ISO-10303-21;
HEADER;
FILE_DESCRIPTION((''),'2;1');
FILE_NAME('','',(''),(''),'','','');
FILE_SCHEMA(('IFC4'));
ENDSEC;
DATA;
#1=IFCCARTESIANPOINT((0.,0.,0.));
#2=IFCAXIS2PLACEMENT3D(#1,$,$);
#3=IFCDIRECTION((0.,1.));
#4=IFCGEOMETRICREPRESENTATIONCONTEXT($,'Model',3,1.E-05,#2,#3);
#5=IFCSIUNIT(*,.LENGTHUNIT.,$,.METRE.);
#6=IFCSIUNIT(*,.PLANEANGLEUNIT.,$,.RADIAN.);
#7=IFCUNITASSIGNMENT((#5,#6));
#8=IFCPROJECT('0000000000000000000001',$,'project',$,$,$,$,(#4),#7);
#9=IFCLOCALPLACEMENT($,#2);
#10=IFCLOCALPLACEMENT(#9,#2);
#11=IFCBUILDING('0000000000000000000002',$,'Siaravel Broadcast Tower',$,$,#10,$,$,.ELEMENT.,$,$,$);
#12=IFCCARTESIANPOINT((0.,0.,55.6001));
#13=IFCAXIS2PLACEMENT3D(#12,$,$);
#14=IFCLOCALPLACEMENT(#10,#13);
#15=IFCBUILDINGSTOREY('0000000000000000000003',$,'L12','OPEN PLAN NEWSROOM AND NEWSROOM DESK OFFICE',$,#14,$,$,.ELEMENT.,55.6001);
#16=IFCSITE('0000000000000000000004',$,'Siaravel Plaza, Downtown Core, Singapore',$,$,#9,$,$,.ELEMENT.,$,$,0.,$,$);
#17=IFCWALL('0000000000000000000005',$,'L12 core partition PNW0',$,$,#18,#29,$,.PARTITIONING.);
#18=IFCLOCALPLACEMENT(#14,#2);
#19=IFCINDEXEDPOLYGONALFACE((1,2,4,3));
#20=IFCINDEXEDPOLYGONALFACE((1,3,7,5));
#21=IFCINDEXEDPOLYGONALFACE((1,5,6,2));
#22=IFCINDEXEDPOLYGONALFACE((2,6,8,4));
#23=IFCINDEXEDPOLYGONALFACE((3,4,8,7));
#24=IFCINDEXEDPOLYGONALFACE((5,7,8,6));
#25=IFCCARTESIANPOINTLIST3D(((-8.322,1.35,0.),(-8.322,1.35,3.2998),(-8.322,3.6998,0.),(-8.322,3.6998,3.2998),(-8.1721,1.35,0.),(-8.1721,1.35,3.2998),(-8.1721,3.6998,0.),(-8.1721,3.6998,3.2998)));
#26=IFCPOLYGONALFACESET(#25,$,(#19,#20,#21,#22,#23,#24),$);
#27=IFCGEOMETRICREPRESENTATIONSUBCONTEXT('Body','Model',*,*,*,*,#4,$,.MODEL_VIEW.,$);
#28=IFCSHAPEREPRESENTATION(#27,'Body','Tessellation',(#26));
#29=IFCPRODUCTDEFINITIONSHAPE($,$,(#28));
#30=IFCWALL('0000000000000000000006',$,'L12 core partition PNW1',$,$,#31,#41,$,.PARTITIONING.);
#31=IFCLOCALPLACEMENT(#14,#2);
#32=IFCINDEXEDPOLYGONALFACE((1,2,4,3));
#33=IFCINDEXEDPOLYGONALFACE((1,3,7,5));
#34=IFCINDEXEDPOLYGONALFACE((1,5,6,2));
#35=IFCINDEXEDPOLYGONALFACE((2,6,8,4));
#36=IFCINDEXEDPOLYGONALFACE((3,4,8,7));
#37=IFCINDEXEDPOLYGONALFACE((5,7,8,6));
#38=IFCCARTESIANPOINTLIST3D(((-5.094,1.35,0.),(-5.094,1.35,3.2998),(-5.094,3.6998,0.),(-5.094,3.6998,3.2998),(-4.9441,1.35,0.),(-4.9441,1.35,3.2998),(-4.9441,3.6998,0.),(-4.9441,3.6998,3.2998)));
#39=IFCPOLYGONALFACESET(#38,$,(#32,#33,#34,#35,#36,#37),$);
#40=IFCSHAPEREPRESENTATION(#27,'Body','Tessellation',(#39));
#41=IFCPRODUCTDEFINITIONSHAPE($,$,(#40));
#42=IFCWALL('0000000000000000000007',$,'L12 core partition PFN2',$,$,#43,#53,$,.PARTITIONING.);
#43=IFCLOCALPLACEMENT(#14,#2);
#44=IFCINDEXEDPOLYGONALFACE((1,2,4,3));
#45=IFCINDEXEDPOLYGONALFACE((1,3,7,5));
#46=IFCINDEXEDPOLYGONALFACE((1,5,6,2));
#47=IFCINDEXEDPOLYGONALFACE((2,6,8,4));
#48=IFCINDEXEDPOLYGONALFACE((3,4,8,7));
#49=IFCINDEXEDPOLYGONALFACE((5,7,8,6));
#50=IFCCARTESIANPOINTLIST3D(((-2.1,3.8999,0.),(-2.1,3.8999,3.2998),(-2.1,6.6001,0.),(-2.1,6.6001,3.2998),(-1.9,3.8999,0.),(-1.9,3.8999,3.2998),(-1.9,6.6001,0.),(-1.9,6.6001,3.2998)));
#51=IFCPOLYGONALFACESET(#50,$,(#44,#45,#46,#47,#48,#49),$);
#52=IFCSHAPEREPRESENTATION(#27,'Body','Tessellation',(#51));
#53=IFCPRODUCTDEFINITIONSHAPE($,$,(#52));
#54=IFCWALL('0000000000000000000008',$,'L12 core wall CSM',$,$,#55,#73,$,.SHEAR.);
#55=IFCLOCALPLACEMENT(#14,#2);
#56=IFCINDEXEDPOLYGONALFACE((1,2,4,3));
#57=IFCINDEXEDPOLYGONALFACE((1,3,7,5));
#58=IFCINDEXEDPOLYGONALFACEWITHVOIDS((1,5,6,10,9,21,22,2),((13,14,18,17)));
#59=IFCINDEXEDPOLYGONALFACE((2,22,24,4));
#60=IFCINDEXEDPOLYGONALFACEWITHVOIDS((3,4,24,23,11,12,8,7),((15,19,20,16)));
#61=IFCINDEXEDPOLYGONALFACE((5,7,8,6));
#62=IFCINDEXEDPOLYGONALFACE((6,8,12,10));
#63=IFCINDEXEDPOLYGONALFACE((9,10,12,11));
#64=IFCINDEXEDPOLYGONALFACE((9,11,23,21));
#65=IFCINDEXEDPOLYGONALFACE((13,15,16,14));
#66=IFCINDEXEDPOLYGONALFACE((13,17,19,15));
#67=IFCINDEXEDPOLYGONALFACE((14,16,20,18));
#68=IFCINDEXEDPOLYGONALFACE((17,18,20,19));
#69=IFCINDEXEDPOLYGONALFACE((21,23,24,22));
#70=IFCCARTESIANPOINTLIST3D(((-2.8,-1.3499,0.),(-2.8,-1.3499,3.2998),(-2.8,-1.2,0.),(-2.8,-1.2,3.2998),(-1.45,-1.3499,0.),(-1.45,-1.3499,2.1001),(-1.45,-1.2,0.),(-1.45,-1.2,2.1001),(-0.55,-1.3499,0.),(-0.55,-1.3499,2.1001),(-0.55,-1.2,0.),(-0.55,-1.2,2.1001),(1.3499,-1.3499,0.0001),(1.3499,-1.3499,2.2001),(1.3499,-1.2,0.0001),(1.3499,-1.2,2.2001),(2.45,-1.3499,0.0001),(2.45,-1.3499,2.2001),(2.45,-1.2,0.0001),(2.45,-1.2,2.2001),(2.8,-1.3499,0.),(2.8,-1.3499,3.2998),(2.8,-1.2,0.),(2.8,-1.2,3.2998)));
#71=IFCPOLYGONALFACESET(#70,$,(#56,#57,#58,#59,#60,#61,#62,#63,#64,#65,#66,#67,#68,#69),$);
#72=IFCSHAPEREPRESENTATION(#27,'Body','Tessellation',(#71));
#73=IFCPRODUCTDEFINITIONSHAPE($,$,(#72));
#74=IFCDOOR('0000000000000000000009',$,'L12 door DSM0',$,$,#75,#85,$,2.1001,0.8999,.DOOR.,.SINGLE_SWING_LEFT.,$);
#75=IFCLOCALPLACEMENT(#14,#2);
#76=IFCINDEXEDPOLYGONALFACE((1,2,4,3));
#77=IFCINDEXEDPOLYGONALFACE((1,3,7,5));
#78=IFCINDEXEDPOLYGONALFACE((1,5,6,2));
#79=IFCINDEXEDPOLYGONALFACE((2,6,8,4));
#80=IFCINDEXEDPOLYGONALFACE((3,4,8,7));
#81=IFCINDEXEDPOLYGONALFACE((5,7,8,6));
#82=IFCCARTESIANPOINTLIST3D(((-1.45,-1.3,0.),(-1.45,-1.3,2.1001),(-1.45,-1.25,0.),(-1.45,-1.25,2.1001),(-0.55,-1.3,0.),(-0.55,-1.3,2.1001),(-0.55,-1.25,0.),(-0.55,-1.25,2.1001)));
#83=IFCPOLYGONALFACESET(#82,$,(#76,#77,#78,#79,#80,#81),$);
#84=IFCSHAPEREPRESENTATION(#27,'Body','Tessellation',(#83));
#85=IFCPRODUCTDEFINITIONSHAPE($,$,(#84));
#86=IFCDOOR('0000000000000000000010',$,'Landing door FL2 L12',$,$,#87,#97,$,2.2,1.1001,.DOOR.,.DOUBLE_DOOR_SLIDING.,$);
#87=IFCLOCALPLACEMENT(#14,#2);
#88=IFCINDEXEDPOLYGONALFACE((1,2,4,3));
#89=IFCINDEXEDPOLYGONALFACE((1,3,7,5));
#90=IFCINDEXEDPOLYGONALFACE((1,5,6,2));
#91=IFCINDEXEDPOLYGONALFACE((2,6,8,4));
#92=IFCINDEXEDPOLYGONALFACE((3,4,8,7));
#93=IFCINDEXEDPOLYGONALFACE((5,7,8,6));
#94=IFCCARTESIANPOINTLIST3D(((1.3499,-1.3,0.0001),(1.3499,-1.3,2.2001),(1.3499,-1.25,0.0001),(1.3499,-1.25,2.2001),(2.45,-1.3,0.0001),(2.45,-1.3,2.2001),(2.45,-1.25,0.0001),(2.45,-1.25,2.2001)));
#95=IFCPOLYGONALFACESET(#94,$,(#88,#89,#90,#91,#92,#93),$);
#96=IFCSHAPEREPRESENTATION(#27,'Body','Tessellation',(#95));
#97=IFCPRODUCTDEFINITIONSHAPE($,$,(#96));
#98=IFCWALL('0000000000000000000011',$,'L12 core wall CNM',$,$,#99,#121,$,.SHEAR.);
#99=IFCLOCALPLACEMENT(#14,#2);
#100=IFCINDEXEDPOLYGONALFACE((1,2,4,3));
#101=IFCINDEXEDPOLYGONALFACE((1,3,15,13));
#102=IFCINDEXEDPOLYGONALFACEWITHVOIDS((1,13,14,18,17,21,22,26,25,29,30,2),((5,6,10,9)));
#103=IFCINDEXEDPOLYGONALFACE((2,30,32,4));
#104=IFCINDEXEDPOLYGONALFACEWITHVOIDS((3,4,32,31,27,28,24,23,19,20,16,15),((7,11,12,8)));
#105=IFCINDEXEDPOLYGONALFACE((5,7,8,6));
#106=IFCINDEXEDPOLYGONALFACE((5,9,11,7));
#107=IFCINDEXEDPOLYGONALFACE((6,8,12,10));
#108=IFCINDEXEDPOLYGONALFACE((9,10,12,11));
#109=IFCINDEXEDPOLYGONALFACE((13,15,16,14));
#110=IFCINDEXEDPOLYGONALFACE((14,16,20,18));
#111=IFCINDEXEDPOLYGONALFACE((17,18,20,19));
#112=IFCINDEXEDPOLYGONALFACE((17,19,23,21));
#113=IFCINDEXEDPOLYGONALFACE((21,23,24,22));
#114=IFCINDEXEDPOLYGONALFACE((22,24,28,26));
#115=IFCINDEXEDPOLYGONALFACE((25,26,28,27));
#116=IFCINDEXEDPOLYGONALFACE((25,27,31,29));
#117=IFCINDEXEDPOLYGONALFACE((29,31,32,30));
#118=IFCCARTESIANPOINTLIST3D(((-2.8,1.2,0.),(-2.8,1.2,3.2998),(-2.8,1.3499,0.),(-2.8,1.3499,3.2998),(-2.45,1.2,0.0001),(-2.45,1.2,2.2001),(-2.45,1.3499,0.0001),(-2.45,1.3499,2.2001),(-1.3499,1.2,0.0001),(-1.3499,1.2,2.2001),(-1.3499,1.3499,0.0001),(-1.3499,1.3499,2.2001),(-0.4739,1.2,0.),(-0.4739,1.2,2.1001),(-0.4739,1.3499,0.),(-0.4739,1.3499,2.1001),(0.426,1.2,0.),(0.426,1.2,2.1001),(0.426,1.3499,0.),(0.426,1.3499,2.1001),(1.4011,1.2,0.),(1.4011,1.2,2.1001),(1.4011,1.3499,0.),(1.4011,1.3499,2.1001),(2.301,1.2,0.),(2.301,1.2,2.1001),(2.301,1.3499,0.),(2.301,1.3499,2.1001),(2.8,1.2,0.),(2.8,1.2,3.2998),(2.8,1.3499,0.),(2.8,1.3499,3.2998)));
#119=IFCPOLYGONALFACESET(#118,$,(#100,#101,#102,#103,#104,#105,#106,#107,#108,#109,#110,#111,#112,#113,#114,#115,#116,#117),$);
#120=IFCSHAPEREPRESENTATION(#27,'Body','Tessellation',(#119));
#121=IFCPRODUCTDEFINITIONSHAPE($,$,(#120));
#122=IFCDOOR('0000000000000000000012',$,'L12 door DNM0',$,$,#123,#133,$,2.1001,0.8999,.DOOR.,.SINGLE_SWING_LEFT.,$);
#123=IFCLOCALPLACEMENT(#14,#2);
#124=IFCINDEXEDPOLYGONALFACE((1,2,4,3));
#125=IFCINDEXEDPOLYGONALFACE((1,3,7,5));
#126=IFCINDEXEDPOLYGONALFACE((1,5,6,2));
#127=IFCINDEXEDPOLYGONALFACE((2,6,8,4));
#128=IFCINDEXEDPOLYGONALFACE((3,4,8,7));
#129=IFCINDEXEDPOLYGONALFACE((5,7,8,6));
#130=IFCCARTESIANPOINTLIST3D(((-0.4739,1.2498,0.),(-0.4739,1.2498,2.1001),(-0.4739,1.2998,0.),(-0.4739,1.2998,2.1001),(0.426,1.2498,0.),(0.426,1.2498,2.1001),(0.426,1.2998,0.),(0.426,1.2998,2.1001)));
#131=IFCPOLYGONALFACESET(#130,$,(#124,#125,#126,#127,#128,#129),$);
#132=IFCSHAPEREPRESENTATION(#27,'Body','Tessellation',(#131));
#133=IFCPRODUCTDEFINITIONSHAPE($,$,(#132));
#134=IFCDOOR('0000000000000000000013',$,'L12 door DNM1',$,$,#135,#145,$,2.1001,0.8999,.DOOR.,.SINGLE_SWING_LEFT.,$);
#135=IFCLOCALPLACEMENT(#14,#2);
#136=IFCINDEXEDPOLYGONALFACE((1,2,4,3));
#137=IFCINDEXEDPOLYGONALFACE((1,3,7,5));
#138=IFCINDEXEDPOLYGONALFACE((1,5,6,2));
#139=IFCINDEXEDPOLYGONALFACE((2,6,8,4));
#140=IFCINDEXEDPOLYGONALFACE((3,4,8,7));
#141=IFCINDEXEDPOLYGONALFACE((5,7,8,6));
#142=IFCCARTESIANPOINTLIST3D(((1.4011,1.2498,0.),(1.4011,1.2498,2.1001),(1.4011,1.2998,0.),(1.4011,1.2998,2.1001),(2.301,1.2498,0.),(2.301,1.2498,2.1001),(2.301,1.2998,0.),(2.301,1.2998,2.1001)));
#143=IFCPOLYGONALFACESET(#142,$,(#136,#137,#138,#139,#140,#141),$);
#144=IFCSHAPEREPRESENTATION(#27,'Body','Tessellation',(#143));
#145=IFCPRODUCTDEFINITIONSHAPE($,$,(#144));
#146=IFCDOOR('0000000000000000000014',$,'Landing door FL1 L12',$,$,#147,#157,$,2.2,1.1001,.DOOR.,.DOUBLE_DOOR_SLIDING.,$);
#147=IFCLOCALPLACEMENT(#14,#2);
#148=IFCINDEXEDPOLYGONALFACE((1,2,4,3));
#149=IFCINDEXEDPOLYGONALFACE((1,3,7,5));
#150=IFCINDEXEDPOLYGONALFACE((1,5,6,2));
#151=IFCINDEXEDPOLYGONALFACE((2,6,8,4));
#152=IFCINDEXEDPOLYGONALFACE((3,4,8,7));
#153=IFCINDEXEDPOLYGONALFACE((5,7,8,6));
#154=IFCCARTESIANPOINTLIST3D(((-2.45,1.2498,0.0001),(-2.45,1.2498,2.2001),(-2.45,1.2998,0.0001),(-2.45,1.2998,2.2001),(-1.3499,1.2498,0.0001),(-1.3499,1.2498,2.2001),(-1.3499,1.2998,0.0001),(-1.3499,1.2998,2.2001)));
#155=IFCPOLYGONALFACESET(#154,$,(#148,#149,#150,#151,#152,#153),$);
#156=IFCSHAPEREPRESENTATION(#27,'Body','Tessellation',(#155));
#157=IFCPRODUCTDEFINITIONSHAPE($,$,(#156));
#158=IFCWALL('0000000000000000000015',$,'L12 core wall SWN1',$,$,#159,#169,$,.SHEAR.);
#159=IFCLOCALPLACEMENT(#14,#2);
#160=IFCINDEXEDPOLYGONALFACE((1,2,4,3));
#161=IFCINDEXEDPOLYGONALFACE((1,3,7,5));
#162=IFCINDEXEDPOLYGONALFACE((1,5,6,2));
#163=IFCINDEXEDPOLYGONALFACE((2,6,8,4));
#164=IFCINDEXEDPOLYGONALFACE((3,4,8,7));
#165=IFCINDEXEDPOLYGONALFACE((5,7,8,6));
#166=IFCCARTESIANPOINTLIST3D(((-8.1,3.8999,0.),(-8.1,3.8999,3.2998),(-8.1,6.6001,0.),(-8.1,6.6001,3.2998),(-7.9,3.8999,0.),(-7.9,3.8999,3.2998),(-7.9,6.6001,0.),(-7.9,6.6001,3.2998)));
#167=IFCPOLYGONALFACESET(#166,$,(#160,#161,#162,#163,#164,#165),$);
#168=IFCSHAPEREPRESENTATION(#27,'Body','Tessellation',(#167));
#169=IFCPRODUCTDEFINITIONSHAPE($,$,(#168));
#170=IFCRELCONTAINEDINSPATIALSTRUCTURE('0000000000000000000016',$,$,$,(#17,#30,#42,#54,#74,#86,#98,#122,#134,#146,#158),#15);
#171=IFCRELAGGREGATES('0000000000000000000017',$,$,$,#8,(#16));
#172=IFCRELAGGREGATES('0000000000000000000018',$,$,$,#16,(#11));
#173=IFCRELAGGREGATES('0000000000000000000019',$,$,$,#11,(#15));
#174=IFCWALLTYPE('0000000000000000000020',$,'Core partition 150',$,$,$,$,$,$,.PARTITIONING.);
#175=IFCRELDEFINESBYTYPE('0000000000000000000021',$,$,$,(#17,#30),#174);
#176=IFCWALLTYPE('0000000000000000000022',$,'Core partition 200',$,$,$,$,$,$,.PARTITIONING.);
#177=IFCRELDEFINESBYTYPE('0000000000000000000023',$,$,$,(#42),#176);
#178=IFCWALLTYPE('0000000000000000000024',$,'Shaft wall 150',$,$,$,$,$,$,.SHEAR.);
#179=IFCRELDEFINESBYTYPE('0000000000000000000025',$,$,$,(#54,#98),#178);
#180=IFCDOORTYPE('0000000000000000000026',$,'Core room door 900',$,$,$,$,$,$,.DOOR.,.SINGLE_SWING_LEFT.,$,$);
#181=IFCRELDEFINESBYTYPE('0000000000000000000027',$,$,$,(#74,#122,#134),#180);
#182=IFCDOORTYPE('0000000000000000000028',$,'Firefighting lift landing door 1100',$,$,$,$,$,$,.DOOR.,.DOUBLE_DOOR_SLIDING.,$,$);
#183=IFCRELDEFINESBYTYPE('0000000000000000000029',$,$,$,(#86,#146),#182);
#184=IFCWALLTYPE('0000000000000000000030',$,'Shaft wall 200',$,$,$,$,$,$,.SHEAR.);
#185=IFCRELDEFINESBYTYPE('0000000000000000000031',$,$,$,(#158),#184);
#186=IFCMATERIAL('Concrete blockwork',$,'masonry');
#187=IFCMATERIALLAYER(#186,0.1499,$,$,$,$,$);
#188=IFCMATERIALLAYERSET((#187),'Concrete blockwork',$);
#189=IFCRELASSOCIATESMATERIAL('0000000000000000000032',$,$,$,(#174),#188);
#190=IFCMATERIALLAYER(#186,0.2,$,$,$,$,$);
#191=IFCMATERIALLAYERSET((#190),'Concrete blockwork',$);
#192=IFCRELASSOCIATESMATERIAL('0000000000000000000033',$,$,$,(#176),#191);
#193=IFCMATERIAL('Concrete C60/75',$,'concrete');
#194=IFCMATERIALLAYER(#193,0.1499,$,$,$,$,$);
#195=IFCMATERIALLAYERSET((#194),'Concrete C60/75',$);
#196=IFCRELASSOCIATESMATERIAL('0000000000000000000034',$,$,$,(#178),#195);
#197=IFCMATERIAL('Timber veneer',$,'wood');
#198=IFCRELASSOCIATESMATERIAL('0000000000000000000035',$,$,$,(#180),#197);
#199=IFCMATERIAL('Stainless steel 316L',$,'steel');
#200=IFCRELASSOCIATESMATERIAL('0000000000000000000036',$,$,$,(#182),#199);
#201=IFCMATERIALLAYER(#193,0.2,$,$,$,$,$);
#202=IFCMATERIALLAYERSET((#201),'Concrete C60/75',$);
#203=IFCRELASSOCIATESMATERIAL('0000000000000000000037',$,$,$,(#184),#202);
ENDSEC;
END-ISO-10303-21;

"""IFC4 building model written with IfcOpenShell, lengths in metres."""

from ifc_helpers import new_model, si_unit, direction, frame, frame_2d, origin, place, context, subcontext, project, spatial, rectangle, extrude, material, layer, layer_set, type_object, element, fill, save


model = new_model("IFC4")

# Units and contexts
model_context = context("Model", 3, precision=1e-05, world=origin(), true_north=direction((0.0, 1.0)))
body_context = subcontext(model_context, "Body", "Model", "MODEL_VIEW")
ifc_project = project(units=[si_unit("LENGTHUNIT", "METRE"), si_unit("PLANEANGLEUNIT", "RADIAN")], contexts=[model_context])

# Site, building, storey
site_placement = place(None, origin())
site = spatial("IfcSite", under=ifc_project, at=site_placement, Name="Siaravel Plaza, Downtown Core, Singapore", CompositionType="ELEMENT", RefElevation=0.0)
building_placement = place(site_placement, origin())
building = spatial("IfcBuilding", under=site, at=building_placement, Name="Siaravel Broadcast Tower", CompositionType="ELEMENT")
storey_placement = place(building_placement, frame((0.0, 0.0, 55.6001)))
storey = spatial("IfcBuildingStorey", under=building, at=storey_placement, Name="L12", Description="OPEN PLAN NEWSROOM AND NEWSROOM DESK OFFICE", CompositionType="ELEMENT", Elevation=55.6001)

# Walls
ifc_material_1 = material(Name="Concrete blockwork", Category="masonry")
ifc_layer_1 = layer(ifc_material_1, 0.1499)
ifc_layer_set_1 = layer_set([ifc_layer_1], Name="Concrete blockwork")
wall_type_1 = type_object("IfcWallType", Name="Core partition 150", PredefinedType="PARTITIONING", material=ifc_layer_set_1)
for number, where, z_axis, x_axis, name in (
    (1, (-8.2471, 1.3501, 0.0), (0.0, 0.0, 1.0), (0.0, 1.0, 0.0), "L12 core partition PNW0"),
    (2, (-5.019, 1.3501, 0.0), (0.0, 0.0, 1.0), (0.0, 1.0, 0.0), "L12 core partition PNW1"),
):
    element("IfcWall", number, at=place(storey_placement, frame(where, z_axis=z_axis, x_axis=x_axis)), inside=storey, type_object=wall_type_1, Name=name, PredefinedType="PARTITIONING", context=body_context, shape_type="SweptSolid", body=[
        extrude(rectangle(XDim=2.3499, YDim=0.1499, at=frame_2d((1.1748, 0.0))), origin(), (0.0, 0.0, 1.0), 3.2998),
    ])
ifc_layer_2 = layer(ifc_material_1, 0.2)
ifc_layer_set_2 = layer_set([ifc_layer_2], Name="Concrete blockwork")
wall_type_2 = type_object("IfcWallType", Name="Core partition 200", PredefinedType="PARTITIONING", material=ifc_layer_set_2)
wall_1_placement = place(storey_placement, frame((-2.0, 3.8999, 0.0), z_axis=(0.0, 0.0, 1.0), x_axis=(0.0, 1.0, 0.0)))
element("IfcWall", 3, at=wall_1_placement, inside=storey, type_object=wall_type_2, Name="L12 core partition PFN2", PredefinedType="PARTITIONING", context=body_context, shape_type="SweptSolid", body=[
    extrude(rectangle(XDim=2.7002, YDim=0.2, at=frame_2d((1.3501, 0.0))), origin(), (0.0, 0.0, 1.0), 3.2998),
])

# Walls, openings, doors
ifc_material_2 = material(Name="Concrete C60/75", Category="concrete")
ifc_layer_3 = layer(ifc_material_2, 0.1499)
ifc_layer_set_3 = layer_set([ifc_layer_3], Name="Concrete C60/75")
wall_type_3 = type_object("IfcWallType", Name="Shaft wall 150", PredefinedType="SHEAR", material=ifc_layer_set_3)
wall_2_placement = place(storey_placement, frame((-2.8, -1.2749, 0.0), z_axis=(0.0, 0.0, 1.0), x_axis=(1.0, 0.0, 0.0)))
wall_2 = element("IfcWall", 4, at=wall_2_placement, inside=storey, type_object=wall_type_3, Name="L12 core wall CSM", PredefinedType="SHEAR", context=body_context, shape_type="SweptSolid", body=[
    extrude(rectangle(XDim=5.6001, YDim=0.1499, at=frame_2d((2.8, 0.0))), origin(), (0.0, 0.0, 1.0), 3.2998),
])
opening_1_placement = place(wall_2_placement, frame((4.1499, 0.0, 0.0)))
opening_1 = element("IfcOpeningElement", 5, at=opening_1_placement, cuts=wall_2, PredefinedType="OPENING", context=body_context, shape_type="SweptSolid", body=[
    extrude(rectangle(XDim=1.1001, YDim=2.2, at=frame_2d((0.55, 1.1001))), frame((0.0, 0.085, 0.0), z_axis=(0.0, -1.0, 0.0), x_axis=(1.0, 0.0, 0.0)), (0.0, 0.0, 1.0), 0.1699),
])
opening_2_placement = place(wall_2_placement, frame((1.3501, 0.0, 0.0)))
opening_2 = element("IfcOpeningElement", 6, at=opening_2_placement, cuts=wall_2, PredefinedType="OPENING", context=body_context, shape_type="SweptSolid", body=[
    extrude(rectangle(XDim=0.8999, YDim=2.1001, at=frame_2d((0.45, 1.05))), frame((0.0, 0.085, 0.0), z_axis=(0.0, -1.0, 0.0), x_axis=(1.0, 0.0, 0.0)), (0.0, 0.0, 1.0), 0.1699),
])
ifc_material_3 = material(Name="Timber veneer", Category="wood")
door_type_1 = type_object("IfcDoorType", Name="Core room door 900", OperationType="SINGLE_SWING_LEFT", PredefinedType="DOOR", material=ifc_material_3)
door_1_placement = place(opening_2_placement, origin())
door_1 = element("IfcDoor", 7, at=door_1_placement, inside=storey, type_object=door_type_1, Name="L12 door DSM0", OperationType="SINGLE_SWING_LEFT", OverallHeight=2.1001, OverallWidth=0.8999, PredefinedType="DOOR", context=body_context, shape_type="SweptSolid", body=[
    extrude(rectangle(XDim=0.8999, YDim=2.1001, at=frame_2d((0.45, 1.05))), frame((0.0, 0.0249, 0.0), z_axis=(0.0, -1.0, 0.0), x_axis=(1.0, 0.0, 0.0)), (0.0, 0.0, 1.0), 0.05),
])
fill(opening_2, door_1)
ifc_material_4 = material(Name="Stainless steel 316L", Category="steel")
door_type_2 = type_object("IfcDoorType", Name="Firefighting lift landing door 1100", OperationType="DOUBLE_DOOR_SLIDING", PredefinedType="DOOR", material=ifc_material_4)
door_2_placement = place(opening_1_placement, origin())
door_2 = element("IfcDoor", 8, at=door_2_placement, inside=storey, type_object=door_type_2, Name="Landing door FL2 L12", OperationType="DOUBLE_DOOR_SLIDING", OverallHeight=2.2, OverallWidth=1.1001, PredefinedType="DOOR", context=body_context, shape_type="SweptSolid", body=[
    extrude(rectangle(XDim=1.1001, YDim=2.2, at=frame_2d((0.55, 1.1001))), frame((0.0, 0.0249, 0.0), z_axis=(0.0, -1.0, 0.0), x_axis=(1.0, 0.0, 0.0)), (0.0, 0.0, 1.0), 0.05),
])
fill(opening_1, door_2)
wall_3_placement = place(storey_placement, frame((-2.8, 1.2749, 0.0), z_axis=(0.0, 0.0, 1.0), x_axis=(1.0, 0.0, 0.0)))
wall_3 = element("IfcWall", 9, at=wall_3_placement, inside=storey, type_object=wall_type_3, Name="L12 core wall CNM", PredefinedType="SHEAR", context=body_context, shape_type="SweptSolid", body=[
    extrude(rectangle(XDim=5.6001, YDim=0.1499, at=frame_2d((2.8, 0.0))), origin(), (0.0, 0.0, 1.0), 3.2998),
])
opening_3_placement = place(wall_3_placement, frame((0.3501, 0.0, 0.0)))
opening_3 = element("IfcOpeningElement", 10, at=opening_3_placement, cuts=wall_3, PredefinedType="OPENING", context=body_context, shape_type="SweptSolid", body=[
    extrude(rectangle(XDim=1.1001, YDim=2.2, at=frame_2d((0.55, 1.1001))), frame((0.0, 0.085, 0.0), z_axis=(0.0, -1.0, 0.0), x_axis=(1.0, 0.0, 0.0)), (0.0, 0.0, 1.0), 0.1699),
])
opening_4_placement = place(wall_3_placement, frame((2.3262, 0.0, 0.0)))
opening_4 = element("IfcOpeningElement", 11, at=opening_4_placement, cuts=wall_3, PredefinedType="OPENING", context=body_context, shape_type="SweptSolid", body=[
    extrude(rectangle(XDim=0.8999, YDim=2.1001, at=frame_2d((0.45, 1.05))), frame((0.0, 0.085, 0.0), z_axis=(0.0, -1.0, 0.0), x_axis=(1.0, 0.0, 0.0)), (0.0, 0.0, 1.0), 0.1699),
])
opening_5_placement = place(wall_3_placement, frame((4.2012, 0.0, 0.0)))
opening_5 = element("IfcOpeningElement", 12, at=opening_5_placement, cuts=wall_3, PredefinedType="OPENING", context=body_context, shape_type="SweptSolid", body=[
    extrude(rectangle(XDim=0.8999, YDim=2.1001, at=frame_2d((0.45, 1.05))), frame((0.0, 0.085, 0.0), z_axis=(0.0, -1.0, 0.0), x_axis=(1.0, 0.0, 0.0)), (0.0, 0.0, 1.0), 0.1699),
])
door_3_placement = place(opening_4_placement, origin())
door_3 = element("IfcDoor", 13, at=door_3_placement, inside=storey, type_object=door_type_1, Name="L12 door DNM0", OperationType="SINGLE_SWING_LEFT", OverallHeight=2.1001, OverallWidth=0.8999, PredefinedType="DOOR", context=body_context, shape_type="SweptSolid", body=[
    extrude(rectangle(XDim=0.8999, YDim=2.1001, at=frame_2d((0.45, 1.05))), frame((0.0, 0.0249, 0.0), z_axis=(0.0, -1.0, 0.0), x_axis=(1.0, 0.0, 0.0)), (0.0, 0.0, 1.0), 0.05),
])
fill(opening_4, door_3)
door_4_placement = place(opening_5_placement, origin())
door_4 = element("IfcDoor", 14, at=door_4_placement, inside=storey, type_object=door_type_1, Name="L12 door DNM1", OperationType="SINGLE_SWING_LEFT", OverallHeight=2.1001, OverallWidth=0.8999, PredefinedType="DOOR", context=body_context, shape_type="SweptSolid", body=[
    extrude(rectangle(XDim=0.8999, YDim=2.1001, at=frame_2d((0.45, 1.05))), frame((0.0, 0.0249, 0.0), z_axis=(0.0, -1.0, 0.0), x_axis=(1.0, 0.0, 0.0)), (0.0, 0.0, 1.0), 0.05),
])
fill(opening_5, door_4)
door_5_placement = place(opening_3_placement, origin())
door_5 = element("IfcDoor", 15, at=door_5_placement, inside=storey, type_object=door_type_2, Name="Landing door FL1 L12", OperationType="DOUBLE_DOOR_SLIDING", OverallHeight=2.2, OverallWidth=1.1001, PredefinedType="DOOR", context=body_context, shape_type="SweptSolid", body=[
    extrude(rectangle(XDim=1.1001, YDim=2.2, at=frame_2d((0.55, 1.1001))), frame((0.0, 0.0249, 0.0), z_axis=(0.0, -1.0, 0.0), x_axis=(1.0, 0.0, 0.0)), (0.0, 0.0, 1.0), 0.05),
])
fill(opening_3, door_5)

# Wall
ifc_layer_4 = layer(ifc_material_2, 0.2)
ifc_layer_set_4 = layer_set([ifc_layer_4], Name="Concrete C60/75")
wall_type_4 = type_object("IfcWallType", Name="Shaft wall 200", PredefinedType="SHEAR", material=ifc_layer_set_4)
for number, where, z_axis, x_axis, name in (
    (16, (-8.0, 3.8999, 0.0), (0.0, 0.0, 1.0), (0.0, 1.0, 0.0), "L12 core wall SWN1"),
):
    element("IfcWall", number, at=place(storey_placement, frame(where, z_axis=z_axis, x_axis=x_axis)), inside=storey, type_object=wall_type_4, Name=name, PredefinedType="SHEAR", context=body_context, shape_type="SweptSolid", body=[
        extrude(rectangle(XDim=2.7002, YDim=0.2, at=frame_2d((1.3501, 0.0))), origin(), (0.0, 0.0, 1.0), 3.2998),
    ])

save(model, "model.ifc")
